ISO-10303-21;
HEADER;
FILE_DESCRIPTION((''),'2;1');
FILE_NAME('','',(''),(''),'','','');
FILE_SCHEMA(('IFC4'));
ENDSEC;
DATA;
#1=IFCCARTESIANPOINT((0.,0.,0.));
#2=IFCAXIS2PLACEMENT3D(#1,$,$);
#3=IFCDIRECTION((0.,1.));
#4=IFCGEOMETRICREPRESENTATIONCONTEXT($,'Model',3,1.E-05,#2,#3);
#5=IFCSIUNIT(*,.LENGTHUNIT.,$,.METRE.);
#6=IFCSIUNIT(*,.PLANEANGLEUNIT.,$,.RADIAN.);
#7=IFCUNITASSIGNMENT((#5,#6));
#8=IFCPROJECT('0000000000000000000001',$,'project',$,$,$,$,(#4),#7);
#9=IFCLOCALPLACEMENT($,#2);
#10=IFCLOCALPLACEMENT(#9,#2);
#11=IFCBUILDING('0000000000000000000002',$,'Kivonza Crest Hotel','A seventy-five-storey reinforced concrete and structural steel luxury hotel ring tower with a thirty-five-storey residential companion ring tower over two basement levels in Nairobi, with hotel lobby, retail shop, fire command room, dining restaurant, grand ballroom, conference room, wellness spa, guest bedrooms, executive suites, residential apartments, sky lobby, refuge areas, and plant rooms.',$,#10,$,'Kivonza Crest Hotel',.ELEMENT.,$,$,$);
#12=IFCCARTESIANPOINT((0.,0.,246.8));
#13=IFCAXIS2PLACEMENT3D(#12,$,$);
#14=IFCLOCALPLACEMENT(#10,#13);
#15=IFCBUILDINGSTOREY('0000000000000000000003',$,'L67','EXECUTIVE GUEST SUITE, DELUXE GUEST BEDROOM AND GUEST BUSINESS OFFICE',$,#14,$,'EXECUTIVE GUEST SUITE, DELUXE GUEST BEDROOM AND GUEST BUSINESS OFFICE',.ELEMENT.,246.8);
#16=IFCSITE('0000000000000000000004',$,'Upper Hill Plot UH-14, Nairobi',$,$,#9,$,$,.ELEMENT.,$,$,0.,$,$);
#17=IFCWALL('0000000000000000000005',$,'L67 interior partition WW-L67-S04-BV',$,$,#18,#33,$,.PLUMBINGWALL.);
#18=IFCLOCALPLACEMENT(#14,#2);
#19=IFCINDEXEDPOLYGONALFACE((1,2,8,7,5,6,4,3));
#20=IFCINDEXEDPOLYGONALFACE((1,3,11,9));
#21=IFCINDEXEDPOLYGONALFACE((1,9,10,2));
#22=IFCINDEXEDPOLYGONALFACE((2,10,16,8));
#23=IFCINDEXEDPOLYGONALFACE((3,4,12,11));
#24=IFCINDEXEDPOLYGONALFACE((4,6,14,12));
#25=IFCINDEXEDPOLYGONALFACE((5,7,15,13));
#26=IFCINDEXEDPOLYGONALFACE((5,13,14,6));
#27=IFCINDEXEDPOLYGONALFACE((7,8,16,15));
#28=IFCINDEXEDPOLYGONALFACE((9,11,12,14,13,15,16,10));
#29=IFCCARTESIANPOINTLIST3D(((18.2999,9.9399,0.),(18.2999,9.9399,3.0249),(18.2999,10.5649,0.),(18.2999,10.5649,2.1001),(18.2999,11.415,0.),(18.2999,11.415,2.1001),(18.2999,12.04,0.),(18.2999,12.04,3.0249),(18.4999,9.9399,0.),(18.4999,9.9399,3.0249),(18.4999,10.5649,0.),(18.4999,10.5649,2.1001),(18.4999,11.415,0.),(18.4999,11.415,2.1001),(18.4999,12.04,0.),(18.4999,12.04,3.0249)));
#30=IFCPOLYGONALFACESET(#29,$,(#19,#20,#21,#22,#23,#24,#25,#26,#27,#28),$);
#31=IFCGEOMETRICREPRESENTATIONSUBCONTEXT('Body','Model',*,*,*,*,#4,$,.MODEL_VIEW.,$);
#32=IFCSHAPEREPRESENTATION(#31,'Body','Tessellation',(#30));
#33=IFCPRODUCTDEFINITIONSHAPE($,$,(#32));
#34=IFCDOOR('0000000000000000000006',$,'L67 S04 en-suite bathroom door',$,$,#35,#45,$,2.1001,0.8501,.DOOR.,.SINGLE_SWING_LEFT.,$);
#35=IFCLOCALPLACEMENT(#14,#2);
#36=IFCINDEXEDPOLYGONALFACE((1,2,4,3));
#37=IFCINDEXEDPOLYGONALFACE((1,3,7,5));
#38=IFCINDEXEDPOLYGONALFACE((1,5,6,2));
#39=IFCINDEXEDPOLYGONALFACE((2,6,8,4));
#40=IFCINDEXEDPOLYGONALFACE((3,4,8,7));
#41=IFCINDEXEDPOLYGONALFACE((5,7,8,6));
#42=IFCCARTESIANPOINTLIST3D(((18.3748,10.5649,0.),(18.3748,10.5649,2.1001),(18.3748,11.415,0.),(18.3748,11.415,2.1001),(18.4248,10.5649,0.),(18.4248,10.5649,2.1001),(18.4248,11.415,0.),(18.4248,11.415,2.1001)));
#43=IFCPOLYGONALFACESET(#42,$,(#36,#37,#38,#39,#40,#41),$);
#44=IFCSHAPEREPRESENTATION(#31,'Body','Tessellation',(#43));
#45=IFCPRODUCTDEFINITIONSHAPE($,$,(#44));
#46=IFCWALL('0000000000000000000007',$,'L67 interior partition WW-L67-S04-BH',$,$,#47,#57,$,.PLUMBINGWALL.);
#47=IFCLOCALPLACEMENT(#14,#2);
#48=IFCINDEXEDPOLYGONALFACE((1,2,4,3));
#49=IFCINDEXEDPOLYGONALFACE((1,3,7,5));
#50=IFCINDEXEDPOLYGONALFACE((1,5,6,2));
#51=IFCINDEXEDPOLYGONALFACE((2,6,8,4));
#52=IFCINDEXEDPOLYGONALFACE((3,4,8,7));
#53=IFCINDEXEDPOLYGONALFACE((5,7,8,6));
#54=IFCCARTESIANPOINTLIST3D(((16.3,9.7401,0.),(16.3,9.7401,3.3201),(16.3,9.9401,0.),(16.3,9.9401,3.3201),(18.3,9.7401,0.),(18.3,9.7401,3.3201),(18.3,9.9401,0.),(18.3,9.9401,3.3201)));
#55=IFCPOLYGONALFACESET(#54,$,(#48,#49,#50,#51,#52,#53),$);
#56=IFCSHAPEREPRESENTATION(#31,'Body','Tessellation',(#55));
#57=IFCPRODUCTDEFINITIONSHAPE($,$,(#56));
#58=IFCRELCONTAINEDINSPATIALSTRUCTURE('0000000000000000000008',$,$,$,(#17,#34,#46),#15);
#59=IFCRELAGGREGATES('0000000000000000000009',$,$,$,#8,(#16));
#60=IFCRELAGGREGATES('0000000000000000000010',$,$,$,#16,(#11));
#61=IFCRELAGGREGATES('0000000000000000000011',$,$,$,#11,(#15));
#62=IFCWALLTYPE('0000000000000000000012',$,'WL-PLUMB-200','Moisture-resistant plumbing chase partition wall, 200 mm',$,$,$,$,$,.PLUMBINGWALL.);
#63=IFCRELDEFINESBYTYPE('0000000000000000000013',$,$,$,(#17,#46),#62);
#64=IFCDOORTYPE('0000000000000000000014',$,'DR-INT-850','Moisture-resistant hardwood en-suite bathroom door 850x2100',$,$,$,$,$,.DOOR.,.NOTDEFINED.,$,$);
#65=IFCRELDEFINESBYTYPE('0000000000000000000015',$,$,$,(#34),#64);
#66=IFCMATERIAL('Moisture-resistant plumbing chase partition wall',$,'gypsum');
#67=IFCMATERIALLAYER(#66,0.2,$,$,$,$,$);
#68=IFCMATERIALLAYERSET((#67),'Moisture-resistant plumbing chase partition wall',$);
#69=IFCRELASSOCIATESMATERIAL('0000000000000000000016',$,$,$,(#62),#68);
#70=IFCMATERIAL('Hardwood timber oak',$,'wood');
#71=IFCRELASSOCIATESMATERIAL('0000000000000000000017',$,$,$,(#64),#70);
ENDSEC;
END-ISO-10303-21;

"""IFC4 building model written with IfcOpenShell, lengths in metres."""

from ifc_helpers import new_model, si_unit, direction, frame, frame_2d, origin, place, context, subcontext, project, spatial, rectangle, extrude, material, layer, layer_set, type_object, element, fill, save


model = new_model("IFC4")

# Units and contexts
model_context = context("Model", 3, precision=1e-05, world=origin(), true_north=direction((0.0, 1.0)))
body_context = subcontext(model_context, "Body", "Model", "MODEL_VIEW")
ifc_project = project(units=[si_unit("LENGTHUNIT", "METRE"), si_unit("PLANEANGLEUNIT", "RADIAN")], contexts=[model_context])

# Site, building, storey
site_placement = place(None, origin())
site = spatial("IfcSite", under=ifc_project, at=site_placement, Name="Upper Hill Plot UH-14, Nairobi", CompositionType="ELEMENT", RefElevation=0.0)
building_placement = place(site_placement, origin())
building = spatial("IfcBuilding", under=site, at=building_placement, Name="Kivonza Crest Hotel", Description="A seventy-five-storey reinforced concrete and structural steel luxury hotel ring tower with a thirty-five-storey residential companion ring tower over two basement levels in Nairobi, with hotel lobby, retail shop, fire command room, dining restaurant, grand ballroom, conference room, wellness spa, guest bedrooms, executive suites, residential apartments, sky lobby, refuge areas, and plant rooms.", LongName="Kivonza Crest Hotel", CompositionType="ELEMENT")
storey_placement = place(building_placement, frame((0.0, 0.0, 246.8)))
storey = spatial("IfcBuildingStorey", under=building, at=storey_placement, Name="L67", Description="EXECUTIVE GUEST SUITE, DELUXE GUEST BEDROOM AND GUEST BUSINESS OFFICE", LongName="EXECUTIVE GUEST SUITE, DELUXE GUEST BEDROOM AND GUEST BUSINESS OFFICE", CompositionType="ELEMENT", Elevation=246.8)

# Wall, opening, door
ifc_material_1 = material(Name="Moisture-resistant plumbing chase partition wall", Category="gypsum")
ifc_layer_1 = layer(ifc_material_1, 0.2)
ifc_layer_set_1 = layer_set([ifc_layer_1], Name="Moisture-resistant plumbing chase partition wall")
wall_type_1 = type_object("IfcWallType", Name="WL-PLUMB-200", Description="Moisture-resistant plumbing chase partition wall, 200 mm", PredefinedType="PLUMBINGWALL", material=ifc_layer_set_1)
wall_1_placement = place(storey_placement, frame((18.3999, 9.9399, 0.0), z_axis=(0.0, 0.0, 1.0), x_axis=(0.0, 1.0, 0.0)))
wall_1 = element("IfcWall", 1, at=wall_1_placement, inside=storey, type_object=wall_type_1, Name="L67 interior partition WW-L67-S04-BV", PredefinedType="PLUMBINGWALL", context=body_context, shape_type="SweptSolid", body=[
    extrude(rectangle(XDim=2.1001, YDim=0.2, at=frame_2d((1.05, 0.0))), origin(), (0.0, 0.0, 1.0), 3.0249),
])
opening_1_placement = place(wall_1_placement, frame((0.625, 0.0, 0.0)))
opening_1 = element("IfcOpeningElement", 2, at=opening_1_placement, cuts=wall_1, PredefinedType="OPENING", context=body_context, shape_type="SweptSolid", body=[
    extrude(rectangle(XDim=0.8501, YDim=2.1001, at=frame_2d((0.425, 1.05))), frame((0.0, 0.1099, 0.0), z_axis=(0.0, -1.0, 0.0), x_axis=(1.0, 0.0, 0.0)), (0.0, 0.0, 1.0), 0.22),
])
ifc_material_2 = material(Name="Hardwood timber oak", Category="wood")
door_type = type_object("IfcDoorType", Name="DR-INT-850", Description="Moisture-resistant hardwood en-suite bathroom door 850x2100", OperationType="NOTDEFINED", PredefinedType="DOOR", material=ifc_material_2)
door_placement = place(opening_1_placement, frame((0.8501, 0.0, 0.0), z_axis=(0.0, 0.0, 1.0), x_axis=(-1.0, 0.0, 0.0)))
door = element("IfcDoor", 3, at=door_placement, inside=storey, type_object=door_type, Name="L67 S04 en-suite bathroom door", OperationType="SINGLE_SWING_LEFT", OverallHeight=2.1001, OverallWidth=0.8501, PredefinedType="DOOR", context=body_context, shape_type="SweptSolid", body=[
    extrude(rectangle(XDim=0.8501, YDim=2.1001, at=frame_2d((0.425, 1.05))), frame((0.0, 0.0249, 0.0), z_axis=(0.0, -1.0, 0.0), x_axis=(1.0, 0.0, 0.0)), (0.0, 0.0, 1.0), 0.05),
])
fill(opening_1, door)

# Wall
wall_2_placement = place(storey_placement, frame((16.3, 9.8401, 0.0), z_axis=(0.0, 0.0, 1.0), x_axis=(1.0, 0.0, 0.0)))
element("IfcWall", 4, at=wall_2_placement, inside=storey, type_object=wall_type_1, Name="L67 interior partition WW-L67-S04-BH", PredefinedType="PLUMBINGWALL", context=body_context, shape_type="SweptSolid", body=[
    extrude(rectangle(XDim=2.0, YDim=0.2, at=frame_2d((1.0, 0.0))), origin(), (0.0, 0.0, 1.0), 3.3201),
])

save(model, "model.ifc")
